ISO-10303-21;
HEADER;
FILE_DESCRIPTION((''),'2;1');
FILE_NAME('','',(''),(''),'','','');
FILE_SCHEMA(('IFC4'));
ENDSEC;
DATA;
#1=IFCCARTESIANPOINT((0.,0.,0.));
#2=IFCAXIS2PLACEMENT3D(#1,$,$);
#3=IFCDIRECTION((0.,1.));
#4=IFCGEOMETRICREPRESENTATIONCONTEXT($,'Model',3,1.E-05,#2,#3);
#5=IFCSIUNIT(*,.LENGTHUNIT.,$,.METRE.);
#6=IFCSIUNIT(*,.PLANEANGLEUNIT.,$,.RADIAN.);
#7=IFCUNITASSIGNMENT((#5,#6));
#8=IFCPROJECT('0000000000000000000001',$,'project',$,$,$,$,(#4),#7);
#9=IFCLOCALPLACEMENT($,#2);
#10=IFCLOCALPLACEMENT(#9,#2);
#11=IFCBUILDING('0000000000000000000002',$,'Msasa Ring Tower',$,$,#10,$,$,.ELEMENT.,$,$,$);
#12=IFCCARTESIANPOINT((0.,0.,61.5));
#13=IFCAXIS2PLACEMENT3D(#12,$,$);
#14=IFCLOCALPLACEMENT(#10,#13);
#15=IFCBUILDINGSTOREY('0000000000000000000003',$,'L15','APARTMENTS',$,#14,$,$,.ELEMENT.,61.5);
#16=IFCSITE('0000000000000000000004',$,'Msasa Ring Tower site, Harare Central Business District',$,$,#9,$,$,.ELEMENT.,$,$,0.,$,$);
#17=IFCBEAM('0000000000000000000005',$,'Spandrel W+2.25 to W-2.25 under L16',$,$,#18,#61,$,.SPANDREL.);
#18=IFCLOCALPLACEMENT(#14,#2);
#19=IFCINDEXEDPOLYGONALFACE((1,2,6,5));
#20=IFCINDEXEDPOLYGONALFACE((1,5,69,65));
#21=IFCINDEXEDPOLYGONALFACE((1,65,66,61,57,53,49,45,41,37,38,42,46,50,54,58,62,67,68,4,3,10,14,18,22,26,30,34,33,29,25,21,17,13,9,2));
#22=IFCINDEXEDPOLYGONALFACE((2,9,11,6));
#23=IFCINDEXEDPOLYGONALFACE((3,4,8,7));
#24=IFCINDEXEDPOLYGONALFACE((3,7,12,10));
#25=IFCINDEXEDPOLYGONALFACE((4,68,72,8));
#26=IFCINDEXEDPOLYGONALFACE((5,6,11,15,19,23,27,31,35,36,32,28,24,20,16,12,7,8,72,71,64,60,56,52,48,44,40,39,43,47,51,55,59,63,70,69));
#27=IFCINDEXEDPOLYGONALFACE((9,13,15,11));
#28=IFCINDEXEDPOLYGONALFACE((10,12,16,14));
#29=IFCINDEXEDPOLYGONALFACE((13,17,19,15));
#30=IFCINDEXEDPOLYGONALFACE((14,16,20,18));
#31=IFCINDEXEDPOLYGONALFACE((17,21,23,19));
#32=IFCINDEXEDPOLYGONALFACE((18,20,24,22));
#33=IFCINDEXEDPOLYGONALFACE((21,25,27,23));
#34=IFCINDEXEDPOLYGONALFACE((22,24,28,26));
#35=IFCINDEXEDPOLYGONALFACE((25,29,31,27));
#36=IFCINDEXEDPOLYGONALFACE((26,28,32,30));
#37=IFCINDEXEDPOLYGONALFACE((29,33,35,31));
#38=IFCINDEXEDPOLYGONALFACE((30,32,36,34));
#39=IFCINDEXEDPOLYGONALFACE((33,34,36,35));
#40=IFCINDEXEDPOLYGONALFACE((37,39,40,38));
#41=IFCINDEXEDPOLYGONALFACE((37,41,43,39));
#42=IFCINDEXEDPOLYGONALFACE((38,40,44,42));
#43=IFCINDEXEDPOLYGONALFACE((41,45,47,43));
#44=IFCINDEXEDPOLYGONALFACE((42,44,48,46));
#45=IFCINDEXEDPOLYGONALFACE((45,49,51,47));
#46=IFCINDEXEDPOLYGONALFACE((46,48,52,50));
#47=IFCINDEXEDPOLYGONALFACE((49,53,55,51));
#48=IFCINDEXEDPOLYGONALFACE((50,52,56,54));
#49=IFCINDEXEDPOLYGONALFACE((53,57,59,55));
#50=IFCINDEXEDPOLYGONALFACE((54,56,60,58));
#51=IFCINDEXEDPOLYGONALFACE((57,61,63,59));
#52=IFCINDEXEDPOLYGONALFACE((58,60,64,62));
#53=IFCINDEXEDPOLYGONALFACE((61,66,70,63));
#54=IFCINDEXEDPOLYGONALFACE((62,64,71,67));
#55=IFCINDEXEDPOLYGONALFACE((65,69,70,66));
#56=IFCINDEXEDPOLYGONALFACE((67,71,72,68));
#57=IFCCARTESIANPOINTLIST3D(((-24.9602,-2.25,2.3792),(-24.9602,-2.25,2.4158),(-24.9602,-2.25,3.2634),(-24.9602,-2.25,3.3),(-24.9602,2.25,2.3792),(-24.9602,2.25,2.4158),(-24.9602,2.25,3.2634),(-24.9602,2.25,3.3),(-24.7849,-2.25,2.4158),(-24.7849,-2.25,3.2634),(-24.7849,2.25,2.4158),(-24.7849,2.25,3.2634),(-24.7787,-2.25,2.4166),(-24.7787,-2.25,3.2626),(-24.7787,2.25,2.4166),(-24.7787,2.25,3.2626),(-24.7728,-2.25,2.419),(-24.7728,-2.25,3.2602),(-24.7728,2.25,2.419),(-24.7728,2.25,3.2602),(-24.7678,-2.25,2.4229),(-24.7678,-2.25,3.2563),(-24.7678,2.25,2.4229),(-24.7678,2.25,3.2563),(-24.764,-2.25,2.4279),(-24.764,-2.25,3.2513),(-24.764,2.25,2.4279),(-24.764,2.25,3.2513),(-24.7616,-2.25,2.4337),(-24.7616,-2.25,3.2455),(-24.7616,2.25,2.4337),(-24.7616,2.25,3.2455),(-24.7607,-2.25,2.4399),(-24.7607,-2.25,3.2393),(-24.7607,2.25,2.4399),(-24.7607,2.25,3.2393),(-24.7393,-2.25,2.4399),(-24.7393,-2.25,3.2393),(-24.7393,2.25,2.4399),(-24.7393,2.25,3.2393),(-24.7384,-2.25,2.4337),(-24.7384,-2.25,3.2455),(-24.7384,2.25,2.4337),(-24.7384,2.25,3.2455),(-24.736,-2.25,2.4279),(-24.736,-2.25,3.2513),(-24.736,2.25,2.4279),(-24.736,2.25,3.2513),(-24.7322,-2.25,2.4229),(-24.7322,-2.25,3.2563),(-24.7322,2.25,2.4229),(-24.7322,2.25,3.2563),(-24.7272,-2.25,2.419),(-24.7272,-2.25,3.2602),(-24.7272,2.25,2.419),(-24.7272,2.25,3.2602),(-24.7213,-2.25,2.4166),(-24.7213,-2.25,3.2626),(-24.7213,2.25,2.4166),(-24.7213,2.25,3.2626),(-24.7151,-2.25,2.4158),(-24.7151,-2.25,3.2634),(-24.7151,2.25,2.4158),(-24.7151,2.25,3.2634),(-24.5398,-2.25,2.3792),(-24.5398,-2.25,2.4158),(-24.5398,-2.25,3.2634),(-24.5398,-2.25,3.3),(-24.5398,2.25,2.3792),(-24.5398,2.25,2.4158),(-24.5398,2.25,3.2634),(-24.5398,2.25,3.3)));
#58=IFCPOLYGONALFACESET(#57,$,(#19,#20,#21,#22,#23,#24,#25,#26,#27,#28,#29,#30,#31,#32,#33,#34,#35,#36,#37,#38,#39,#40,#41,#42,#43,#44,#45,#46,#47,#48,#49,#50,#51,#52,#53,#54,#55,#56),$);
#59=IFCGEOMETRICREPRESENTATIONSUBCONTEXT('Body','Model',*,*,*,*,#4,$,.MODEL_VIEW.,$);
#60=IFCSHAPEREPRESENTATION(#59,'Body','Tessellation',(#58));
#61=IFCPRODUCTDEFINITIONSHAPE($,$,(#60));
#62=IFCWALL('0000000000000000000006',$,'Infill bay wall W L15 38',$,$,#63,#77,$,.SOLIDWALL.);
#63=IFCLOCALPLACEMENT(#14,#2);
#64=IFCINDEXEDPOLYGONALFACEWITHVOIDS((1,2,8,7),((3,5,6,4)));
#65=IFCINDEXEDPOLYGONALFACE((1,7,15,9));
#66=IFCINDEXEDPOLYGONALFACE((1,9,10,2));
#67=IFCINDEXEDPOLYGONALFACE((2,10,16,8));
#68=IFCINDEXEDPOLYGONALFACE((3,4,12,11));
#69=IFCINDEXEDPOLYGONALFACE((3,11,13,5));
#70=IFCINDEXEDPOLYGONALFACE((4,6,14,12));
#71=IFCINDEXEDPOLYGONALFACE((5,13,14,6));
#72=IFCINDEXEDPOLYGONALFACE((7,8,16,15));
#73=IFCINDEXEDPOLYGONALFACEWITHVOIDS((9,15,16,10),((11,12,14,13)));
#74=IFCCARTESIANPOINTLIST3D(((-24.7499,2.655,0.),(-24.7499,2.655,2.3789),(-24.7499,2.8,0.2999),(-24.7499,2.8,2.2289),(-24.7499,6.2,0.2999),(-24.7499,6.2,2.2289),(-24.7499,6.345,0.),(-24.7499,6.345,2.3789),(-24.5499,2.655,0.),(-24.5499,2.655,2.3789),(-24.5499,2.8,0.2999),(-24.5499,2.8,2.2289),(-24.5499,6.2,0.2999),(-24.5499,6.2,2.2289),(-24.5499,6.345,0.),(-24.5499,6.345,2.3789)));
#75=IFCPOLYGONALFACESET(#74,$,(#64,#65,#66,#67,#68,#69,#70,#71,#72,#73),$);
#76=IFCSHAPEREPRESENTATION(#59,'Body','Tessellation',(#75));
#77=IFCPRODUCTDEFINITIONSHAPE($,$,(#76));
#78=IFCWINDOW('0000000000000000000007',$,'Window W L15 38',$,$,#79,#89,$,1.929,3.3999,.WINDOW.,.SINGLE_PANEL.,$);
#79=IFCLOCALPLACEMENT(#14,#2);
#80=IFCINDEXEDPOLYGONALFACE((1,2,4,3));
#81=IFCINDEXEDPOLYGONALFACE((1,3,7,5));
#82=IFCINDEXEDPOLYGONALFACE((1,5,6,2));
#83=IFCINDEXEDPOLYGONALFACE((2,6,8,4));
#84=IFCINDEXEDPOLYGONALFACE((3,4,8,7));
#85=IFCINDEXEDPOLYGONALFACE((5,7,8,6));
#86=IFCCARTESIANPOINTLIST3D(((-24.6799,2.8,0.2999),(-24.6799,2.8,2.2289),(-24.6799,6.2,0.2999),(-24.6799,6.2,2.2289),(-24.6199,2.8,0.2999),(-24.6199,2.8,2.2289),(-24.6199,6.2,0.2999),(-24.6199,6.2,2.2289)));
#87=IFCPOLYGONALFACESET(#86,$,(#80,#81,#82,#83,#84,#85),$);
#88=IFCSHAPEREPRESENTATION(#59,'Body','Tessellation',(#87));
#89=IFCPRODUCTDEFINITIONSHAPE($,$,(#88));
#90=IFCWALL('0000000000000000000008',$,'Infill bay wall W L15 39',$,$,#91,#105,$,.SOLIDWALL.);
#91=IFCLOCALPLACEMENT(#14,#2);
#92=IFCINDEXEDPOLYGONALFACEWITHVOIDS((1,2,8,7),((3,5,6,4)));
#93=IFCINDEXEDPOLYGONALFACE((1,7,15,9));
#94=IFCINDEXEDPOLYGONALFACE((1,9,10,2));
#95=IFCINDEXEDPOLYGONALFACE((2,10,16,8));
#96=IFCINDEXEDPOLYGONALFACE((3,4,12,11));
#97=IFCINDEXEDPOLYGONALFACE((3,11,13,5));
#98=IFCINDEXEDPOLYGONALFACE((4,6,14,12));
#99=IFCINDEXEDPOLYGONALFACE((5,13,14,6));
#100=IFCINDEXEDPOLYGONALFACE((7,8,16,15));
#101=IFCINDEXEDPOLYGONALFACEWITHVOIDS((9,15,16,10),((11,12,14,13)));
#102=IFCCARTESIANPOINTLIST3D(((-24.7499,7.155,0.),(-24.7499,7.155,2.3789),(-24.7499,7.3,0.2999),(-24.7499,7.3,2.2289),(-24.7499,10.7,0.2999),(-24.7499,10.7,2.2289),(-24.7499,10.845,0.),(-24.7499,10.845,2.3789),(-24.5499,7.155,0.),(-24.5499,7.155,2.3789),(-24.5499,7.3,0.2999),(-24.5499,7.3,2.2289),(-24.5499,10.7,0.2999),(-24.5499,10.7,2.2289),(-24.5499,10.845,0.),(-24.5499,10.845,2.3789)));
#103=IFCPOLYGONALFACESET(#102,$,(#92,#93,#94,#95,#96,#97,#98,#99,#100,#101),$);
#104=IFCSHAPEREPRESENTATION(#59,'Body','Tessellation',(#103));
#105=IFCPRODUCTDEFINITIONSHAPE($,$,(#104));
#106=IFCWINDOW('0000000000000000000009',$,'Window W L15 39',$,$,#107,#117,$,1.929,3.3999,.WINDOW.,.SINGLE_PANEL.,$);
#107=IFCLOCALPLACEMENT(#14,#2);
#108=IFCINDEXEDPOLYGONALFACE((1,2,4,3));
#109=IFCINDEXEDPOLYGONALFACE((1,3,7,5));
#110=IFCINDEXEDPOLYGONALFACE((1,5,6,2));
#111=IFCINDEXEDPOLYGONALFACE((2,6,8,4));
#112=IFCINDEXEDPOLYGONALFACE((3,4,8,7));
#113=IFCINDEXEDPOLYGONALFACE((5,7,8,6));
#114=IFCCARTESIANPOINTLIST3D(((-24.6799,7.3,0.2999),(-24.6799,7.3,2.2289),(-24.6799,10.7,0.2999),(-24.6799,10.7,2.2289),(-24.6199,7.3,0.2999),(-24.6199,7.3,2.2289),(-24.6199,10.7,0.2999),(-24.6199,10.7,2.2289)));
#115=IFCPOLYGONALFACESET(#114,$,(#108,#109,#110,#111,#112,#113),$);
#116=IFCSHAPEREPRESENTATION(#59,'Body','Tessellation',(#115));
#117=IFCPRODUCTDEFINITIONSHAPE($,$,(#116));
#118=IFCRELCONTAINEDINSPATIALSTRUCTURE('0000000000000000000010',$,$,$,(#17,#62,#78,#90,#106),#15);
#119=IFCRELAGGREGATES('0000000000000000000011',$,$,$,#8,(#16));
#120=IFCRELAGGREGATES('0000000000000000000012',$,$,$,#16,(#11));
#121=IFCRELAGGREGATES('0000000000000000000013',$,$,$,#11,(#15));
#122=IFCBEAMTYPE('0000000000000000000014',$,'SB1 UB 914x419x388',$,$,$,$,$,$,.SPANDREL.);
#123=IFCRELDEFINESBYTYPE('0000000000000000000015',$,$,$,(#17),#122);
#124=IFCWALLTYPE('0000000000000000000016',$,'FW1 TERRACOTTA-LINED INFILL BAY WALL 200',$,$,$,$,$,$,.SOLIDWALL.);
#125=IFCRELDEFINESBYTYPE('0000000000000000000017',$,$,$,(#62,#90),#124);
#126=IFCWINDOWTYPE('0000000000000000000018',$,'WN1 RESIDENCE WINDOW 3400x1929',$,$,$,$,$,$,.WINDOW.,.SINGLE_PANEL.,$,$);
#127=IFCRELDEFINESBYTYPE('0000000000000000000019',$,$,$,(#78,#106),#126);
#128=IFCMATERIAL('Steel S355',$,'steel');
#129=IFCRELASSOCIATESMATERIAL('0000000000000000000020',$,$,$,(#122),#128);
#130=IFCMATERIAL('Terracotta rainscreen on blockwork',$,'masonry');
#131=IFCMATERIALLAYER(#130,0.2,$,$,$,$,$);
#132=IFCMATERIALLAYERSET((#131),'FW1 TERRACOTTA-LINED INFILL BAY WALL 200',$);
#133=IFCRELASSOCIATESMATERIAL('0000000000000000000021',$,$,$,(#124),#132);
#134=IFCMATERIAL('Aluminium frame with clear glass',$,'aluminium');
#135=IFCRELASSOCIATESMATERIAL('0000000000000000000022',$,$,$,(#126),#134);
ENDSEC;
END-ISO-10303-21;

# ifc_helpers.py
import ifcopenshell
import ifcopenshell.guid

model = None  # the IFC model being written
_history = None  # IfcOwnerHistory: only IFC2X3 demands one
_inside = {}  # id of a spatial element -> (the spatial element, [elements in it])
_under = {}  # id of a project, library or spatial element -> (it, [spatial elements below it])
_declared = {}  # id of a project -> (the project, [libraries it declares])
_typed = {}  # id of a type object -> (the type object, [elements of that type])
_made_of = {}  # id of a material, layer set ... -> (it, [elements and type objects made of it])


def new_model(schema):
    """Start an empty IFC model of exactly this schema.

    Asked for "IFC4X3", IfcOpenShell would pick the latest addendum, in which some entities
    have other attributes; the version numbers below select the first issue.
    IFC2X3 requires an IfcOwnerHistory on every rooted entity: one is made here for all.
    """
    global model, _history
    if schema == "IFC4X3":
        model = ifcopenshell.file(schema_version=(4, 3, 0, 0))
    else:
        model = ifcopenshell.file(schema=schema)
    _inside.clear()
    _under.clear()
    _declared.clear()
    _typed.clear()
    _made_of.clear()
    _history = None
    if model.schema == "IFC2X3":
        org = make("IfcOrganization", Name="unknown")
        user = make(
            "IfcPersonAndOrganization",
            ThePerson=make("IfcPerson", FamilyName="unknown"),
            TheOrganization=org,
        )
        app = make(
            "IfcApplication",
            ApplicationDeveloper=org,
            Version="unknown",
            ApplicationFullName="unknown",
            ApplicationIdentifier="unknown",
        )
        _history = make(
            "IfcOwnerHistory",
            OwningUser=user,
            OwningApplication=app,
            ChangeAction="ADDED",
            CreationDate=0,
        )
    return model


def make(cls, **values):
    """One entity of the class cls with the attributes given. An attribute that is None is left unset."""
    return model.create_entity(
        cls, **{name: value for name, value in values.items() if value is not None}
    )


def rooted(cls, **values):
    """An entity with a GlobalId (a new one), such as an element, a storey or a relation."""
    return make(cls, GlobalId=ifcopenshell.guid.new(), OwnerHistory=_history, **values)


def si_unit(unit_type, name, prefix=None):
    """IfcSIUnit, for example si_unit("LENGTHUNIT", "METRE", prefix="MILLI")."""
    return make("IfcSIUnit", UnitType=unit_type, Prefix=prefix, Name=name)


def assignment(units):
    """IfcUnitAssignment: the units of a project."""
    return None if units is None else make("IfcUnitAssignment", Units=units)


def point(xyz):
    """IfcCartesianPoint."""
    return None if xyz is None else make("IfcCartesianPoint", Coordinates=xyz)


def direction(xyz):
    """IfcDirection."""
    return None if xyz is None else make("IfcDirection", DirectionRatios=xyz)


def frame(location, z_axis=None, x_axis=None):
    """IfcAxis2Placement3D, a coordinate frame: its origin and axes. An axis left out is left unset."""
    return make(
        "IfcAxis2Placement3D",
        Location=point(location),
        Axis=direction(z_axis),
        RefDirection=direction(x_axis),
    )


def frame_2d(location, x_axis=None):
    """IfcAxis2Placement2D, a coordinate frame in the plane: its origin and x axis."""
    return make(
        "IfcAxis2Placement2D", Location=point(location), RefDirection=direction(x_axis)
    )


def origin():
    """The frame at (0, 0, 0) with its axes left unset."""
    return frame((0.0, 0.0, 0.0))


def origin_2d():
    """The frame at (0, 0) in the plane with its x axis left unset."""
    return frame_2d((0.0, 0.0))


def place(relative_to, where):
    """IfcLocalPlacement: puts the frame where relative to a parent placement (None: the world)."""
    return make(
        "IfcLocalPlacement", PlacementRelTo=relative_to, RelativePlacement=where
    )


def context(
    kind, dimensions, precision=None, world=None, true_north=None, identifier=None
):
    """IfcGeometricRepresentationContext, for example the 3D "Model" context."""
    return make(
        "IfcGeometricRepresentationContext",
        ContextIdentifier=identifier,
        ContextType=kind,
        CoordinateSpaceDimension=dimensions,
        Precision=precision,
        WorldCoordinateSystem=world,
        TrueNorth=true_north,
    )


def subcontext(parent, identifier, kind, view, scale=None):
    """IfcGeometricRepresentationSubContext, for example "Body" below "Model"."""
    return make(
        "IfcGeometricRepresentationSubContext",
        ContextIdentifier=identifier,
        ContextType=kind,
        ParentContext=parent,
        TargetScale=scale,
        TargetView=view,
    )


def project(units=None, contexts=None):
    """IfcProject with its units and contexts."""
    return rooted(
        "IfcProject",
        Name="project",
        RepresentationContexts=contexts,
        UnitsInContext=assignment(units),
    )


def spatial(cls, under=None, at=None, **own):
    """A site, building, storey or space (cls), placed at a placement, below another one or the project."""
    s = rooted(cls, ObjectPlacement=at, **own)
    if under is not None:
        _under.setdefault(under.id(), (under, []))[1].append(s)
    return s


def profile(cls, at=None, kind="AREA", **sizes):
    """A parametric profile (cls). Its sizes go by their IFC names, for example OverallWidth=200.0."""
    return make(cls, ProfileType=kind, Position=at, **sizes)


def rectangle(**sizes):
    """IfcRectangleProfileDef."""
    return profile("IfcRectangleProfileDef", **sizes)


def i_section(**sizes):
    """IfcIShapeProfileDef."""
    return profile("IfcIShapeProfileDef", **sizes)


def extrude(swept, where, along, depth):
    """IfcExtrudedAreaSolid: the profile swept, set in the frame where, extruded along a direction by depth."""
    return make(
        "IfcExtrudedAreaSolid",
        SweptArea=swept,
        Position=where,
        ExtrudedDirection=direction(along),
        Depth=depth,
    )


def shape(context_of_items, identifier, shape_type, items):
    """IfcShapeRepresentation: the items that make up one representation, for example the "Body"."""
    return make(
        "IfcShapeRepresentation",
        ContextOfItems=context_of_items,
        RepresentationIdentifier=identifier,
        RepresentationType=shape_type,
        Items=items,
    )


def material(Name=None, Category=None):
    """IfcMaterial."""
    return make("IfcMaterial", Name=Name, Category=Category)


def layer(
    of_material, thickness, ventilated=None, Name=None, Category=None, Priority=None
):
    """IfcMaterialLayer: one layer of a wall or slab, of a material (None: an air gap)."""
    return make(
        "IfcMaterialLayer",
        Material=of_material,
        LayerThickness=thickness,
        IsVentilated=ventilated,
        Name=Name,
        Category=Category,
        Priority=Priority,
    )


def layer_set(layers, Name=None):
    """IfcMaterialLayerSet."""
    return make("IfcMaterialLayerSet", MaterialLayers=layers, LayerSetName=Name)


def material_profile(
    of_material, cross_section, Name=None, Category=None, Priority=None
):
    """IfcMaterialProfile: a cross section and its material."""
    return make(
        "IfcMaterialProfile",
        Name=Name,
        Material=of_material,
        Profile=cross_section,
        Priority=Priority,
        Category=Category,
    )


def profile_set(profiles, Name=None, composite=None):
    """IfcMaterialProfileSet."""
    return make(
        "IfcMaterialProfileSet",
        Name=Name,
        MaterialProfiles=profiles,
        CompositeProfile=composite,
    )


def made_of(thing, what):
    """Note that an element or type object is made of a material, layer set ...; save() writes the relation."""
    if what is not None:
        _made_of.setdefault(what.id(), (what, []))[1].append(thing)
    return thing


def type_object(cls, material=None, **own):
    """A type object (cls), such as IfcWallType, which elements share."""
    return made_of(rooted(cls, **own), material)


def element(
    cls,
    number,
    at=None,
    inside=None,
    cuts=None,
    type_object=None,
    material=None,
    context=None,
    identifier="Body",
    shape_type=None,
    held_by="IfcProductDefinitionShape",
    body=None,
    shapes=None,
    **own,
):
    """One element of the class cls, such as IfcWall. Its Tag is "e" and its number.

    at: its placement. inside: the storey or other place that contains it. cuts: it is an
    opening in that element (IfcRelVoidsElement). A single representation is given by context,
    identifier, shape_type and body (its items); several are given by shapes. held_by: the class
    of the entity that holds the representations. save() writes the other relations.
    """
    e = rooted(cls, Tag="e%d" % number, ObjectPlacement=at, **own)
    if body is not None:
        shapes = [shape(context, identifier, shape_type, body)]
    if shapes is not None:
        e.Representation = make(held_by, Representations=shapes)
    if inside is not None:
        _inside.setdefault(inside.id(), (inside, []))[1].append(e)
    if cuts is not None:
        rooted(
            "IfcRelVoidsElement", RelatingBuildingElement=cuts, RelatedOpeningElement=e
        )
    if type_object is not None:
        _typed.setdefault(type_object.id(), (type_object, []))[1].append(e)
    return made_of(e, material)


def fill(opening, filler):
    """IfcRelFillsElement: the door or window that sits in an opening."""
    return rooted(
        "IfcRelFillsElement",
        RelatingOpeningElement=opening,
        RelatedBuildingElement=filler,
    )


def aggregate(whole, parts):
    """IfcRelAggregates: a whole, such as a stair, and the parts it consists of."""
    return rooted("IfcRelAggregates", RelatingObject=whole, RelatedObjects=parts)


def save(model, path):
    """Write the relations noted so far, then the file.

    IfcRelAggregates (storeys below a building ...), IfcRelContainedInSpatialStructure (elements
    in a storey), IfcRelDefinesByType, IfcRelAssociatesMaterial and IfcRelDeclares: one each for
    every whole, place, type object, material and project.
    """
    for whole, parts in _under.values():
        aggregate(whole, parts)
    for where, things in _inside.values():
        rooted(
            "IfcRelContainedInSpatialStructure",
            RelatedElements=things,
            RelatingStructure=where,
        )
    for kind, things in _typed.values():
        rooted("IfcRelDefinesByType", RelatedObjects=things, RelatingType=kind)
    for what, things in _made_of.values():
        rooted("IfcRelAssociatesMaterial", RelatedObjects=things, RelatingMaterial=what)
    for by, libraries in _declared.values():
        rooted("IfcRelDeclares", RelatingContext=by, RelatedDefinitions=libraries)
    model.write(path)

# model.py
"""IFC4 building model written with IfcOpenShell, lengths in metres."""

from ifc_helpers import new_model, si_unit, direction, frame, frame_2d, origin, origin_2d, place, context, subcontext, project, spatial, rectangle, i_section, extrude, material, layer, layer_set, material_profile, profile_set, type_object, element, fill, save


model = new_model("IFC4")

# Units and contexts
model_context = context("Model", 3, precision=1e-05, world=origin(), true_north=direction((0.0, 1.0)))
body_context = subcontext(model_context, "Body", "Model", "MODEL_VIEW")
ifc_project = project(units=[si_unit("LENGTHUNIT", "METRE"), si_unit("PLANEANGLEUNIT", "RADIAN")], contexts=[model_context])

# Site, building, storey
site_placement = place(None, origin())
site = spatial("IfcSite", under=ifc_project, at=site_placement, Name="Msasa Ring Tower site, Harare Central Business District", CompositionType="ELEMENT", RefElevation=0.0)
building_placement = place(site_placement, origin())
building = spatial("IfcBuilding", under=site, at=building_placement, Name="Msasa Ring Tower", CompositionType="ELEMENT")
storey_placement = place(building_placement, frame((0.0, 0.0, 61.5)))
storey = spatial("IfcBuildingStorey", under=building, at=storey_placement, Name="L15", Description="APARTMENTS", CompositionType="ELEMENT", Elevation=61.5)

# Beam
ifc_material_1 = material(Name="Steel S355", Category="steel")
ifc_material_profile_1 = material_profile(ifc_material_1, i_section(OverallWidth=0.4204, OverallDepth=0.9209, WebThickness=0.0215, FlangeThickness=0.0366, FilletRadius=0.0242, at=origin_2d()), Name="UB 914x419x388")
ifc_profile_set_1 = profile_set([ifc_material_profile_1], Name="Steel S355")
beam_type_1 = type_object("IfcBeamType", Name="SB1 UB 914x419x388", PredefinedType="SPANDREL", material=ifc_profile_set_1)
for number, where, z_axis, x_axis, name in (
    (1, (-24.75, 2.25, 2.8396), (0.0, -1.0, 0.0), (1.0, 0.0, 0.0), "Spandrel W+2.25 to W-2.25 under L16"),
):
    element("IfcBeam", number, at=place(storey_placement, frame(where, z_axis=z_axis, x_axis=x_axis)), inside=storey, type_object=beam_type_1, Name=name, PredefinedType="SPANDREL", context=body_context, shape_type="SweptSolid", body=[
        extrude(i_section(OverallWidth=0.4204, OverallDepth=0.9209, WebThickness=0.0215, FlangeThickness=0.0366, FilletRadius=0.0242, at=origin_2d()), origin(), (0.0, 0.0, 1.0), 4.5),
    ])

# Walls, openings, windows
ifc_material_2 = material(Name="Terracotta rainscreen on blockwork", Category="masonry")
ifc_layer_1 = layer(ifc_material_2, 0.2)
ifc_layer_set_1 = layer_set([ifc_layer_1], Name="FW1 TERRACOTTA-LINED INFILL BAY WALL 200")
wall_type_1 = type_object("IfcWallType", Name="FW1 TERRACOTTA-LINED INFILL BAY WALL 200", PredefinedType="SOLIDWALL", material=ifc_layer_set_1)
wall_1_placement = place(storey_placement, frame((-24.6499, 2.655, 0.0), z_axis=(0.0, 0.0, 1.0), x_axis=(0.0, 1.0, 0.0)))
wall_1 = element("IfcWall", 2, at=wall_1_placement, inside=storey, type_object=wall_type_1, Name="Infill bay wall W L15 38", PredefinedType="SOLIDWALL", context=body_context, shape_type="SweptSolid", body=[
    extrude(rectangle(XDim=3.6899, YDim=0.2, at=frame_2d((1.845, 0.0))), origin(), (0.0, 0.0, 1.0), 2.3789),
])
opening_1_placement = place(wall_1_placement, frame((0.145, 0.0, 0.3)))
opening_1 = element("IfcOpeningElement", 3, at=opening_1_placement, cuts=wall_1, PredefinedType="OPENING", context=body_context, shape_type="SweptSolid", body=[
    extrude(rectangle(XDim=3.3999, YDim=1.929, at=frame_2d((1.7, 0.9644))), frame((0.0, 0.1099, 0.0), z_axis=(0.0, -1.0, 0.0), x_axis=(1.0, 0.0, 0.0)), (0.0, 0.0, 1.0), 0.22),
])
ifc_material_3 = material(Name="Aluminium frame with clear glass", Category="aluminium")
window_type = type_object("IfcWindowType", Name="WN1 RESIDENCE WINDOW 3400x1929", PartitioningType="SINGLE_PANEL", PredefinedType="WINDOW", material=ifc_material_3)
window_1_placement = place(opening_1_placement, origin())
window_1 = element("IfcWindow", 4, at=window_1_placement, inside=storey, type_object=window_type, Name="Window W L15 38", OverallHeight=1.929, OverallWidth=3.3999, PartitioningType="SINGLE_PANEL", PredefinedType="WINDOW", context=body_context, shape_type="SweptSolid", body=[
    extrude(rectangle(XDim=3.3999, YDim=1.929, at=frame_2d((1.7, 0.9644))), frame((0.0, 0.03, 0.0), z_axis=(0.0, -1.0, 0.0), x_axis=(1.0, 0.0, 0.0)), (0.0, 0.0, 1.0), 0.0601),
])
fill(opening_1, window_1)
wall_2_placement = place(storey_placement, frame((-24.6499, 7.155, 0.0), z_axis=(0.0, 0.0, 1.0), x_axis=(0.0, 1.0, 0.0)))
wall_2 = element("IfcWall", 5, at=wall_2_placement, inside=storey, type_object=wall_type_1, Name="Infill bay wall W L15 39", PredefinedType="SOLIDWALL", context=body_context, shape_type="SweptSolid", body=[
    extrude(rectangle(XDim=3.6899, YDim=0.2, at=frame_2d((1.845, 0.0))), origin(), (0.0, 0.0, 1.0), 2.3789),
])
opening_2_placement = place(wall_2_placement, frame((0.145, 0.0, 0.3)))
opening_2 = element("IfcOpeningElement", 6, at=opening_2_placement, cuts=wall_2, PredefinedType="OPENING", context=body_context, shape_type="SweptSolid", body=[
    extrude(rectangle(XDim=3.3999, YDim=1.929, at=frame_2d((1.7, 0.9644))), frame((0.0, 0.1099, 0.0), z_axis=(0.0, -1.0, 0.0), x_axis=(1.0, 0.0, 0.0)), (0.0, 0.0, 1.0), 0.22),
])
window_2_placement = place(opening_2_placement, origin())
window_2 = element("IfcWindow", 7, at=window_2_placement, inside=storey, type_object=window_type, Name="Window W L15 39", OverallHeight=1.929, OverallWidth=3.3999, PartitioningType="SINGLE_PANEL", PredefinedType="WINDOW", context=body_context, shape_type="SweptSolid", body=[
    extrude(rectangle(XDim=3.3999, YDim=1.929, at=frame_2d((1.7, 0.9644))), frame((0.0, 0.03, 0.0), z_axis=(0.0, -1.0, 0.0), x_axis=(1.0, 0.0, 0.0)), (0.0, 0.0, 1.0), 0.0601),
])
fill(opening_2, window_2)

save(model, "model.ifc")
